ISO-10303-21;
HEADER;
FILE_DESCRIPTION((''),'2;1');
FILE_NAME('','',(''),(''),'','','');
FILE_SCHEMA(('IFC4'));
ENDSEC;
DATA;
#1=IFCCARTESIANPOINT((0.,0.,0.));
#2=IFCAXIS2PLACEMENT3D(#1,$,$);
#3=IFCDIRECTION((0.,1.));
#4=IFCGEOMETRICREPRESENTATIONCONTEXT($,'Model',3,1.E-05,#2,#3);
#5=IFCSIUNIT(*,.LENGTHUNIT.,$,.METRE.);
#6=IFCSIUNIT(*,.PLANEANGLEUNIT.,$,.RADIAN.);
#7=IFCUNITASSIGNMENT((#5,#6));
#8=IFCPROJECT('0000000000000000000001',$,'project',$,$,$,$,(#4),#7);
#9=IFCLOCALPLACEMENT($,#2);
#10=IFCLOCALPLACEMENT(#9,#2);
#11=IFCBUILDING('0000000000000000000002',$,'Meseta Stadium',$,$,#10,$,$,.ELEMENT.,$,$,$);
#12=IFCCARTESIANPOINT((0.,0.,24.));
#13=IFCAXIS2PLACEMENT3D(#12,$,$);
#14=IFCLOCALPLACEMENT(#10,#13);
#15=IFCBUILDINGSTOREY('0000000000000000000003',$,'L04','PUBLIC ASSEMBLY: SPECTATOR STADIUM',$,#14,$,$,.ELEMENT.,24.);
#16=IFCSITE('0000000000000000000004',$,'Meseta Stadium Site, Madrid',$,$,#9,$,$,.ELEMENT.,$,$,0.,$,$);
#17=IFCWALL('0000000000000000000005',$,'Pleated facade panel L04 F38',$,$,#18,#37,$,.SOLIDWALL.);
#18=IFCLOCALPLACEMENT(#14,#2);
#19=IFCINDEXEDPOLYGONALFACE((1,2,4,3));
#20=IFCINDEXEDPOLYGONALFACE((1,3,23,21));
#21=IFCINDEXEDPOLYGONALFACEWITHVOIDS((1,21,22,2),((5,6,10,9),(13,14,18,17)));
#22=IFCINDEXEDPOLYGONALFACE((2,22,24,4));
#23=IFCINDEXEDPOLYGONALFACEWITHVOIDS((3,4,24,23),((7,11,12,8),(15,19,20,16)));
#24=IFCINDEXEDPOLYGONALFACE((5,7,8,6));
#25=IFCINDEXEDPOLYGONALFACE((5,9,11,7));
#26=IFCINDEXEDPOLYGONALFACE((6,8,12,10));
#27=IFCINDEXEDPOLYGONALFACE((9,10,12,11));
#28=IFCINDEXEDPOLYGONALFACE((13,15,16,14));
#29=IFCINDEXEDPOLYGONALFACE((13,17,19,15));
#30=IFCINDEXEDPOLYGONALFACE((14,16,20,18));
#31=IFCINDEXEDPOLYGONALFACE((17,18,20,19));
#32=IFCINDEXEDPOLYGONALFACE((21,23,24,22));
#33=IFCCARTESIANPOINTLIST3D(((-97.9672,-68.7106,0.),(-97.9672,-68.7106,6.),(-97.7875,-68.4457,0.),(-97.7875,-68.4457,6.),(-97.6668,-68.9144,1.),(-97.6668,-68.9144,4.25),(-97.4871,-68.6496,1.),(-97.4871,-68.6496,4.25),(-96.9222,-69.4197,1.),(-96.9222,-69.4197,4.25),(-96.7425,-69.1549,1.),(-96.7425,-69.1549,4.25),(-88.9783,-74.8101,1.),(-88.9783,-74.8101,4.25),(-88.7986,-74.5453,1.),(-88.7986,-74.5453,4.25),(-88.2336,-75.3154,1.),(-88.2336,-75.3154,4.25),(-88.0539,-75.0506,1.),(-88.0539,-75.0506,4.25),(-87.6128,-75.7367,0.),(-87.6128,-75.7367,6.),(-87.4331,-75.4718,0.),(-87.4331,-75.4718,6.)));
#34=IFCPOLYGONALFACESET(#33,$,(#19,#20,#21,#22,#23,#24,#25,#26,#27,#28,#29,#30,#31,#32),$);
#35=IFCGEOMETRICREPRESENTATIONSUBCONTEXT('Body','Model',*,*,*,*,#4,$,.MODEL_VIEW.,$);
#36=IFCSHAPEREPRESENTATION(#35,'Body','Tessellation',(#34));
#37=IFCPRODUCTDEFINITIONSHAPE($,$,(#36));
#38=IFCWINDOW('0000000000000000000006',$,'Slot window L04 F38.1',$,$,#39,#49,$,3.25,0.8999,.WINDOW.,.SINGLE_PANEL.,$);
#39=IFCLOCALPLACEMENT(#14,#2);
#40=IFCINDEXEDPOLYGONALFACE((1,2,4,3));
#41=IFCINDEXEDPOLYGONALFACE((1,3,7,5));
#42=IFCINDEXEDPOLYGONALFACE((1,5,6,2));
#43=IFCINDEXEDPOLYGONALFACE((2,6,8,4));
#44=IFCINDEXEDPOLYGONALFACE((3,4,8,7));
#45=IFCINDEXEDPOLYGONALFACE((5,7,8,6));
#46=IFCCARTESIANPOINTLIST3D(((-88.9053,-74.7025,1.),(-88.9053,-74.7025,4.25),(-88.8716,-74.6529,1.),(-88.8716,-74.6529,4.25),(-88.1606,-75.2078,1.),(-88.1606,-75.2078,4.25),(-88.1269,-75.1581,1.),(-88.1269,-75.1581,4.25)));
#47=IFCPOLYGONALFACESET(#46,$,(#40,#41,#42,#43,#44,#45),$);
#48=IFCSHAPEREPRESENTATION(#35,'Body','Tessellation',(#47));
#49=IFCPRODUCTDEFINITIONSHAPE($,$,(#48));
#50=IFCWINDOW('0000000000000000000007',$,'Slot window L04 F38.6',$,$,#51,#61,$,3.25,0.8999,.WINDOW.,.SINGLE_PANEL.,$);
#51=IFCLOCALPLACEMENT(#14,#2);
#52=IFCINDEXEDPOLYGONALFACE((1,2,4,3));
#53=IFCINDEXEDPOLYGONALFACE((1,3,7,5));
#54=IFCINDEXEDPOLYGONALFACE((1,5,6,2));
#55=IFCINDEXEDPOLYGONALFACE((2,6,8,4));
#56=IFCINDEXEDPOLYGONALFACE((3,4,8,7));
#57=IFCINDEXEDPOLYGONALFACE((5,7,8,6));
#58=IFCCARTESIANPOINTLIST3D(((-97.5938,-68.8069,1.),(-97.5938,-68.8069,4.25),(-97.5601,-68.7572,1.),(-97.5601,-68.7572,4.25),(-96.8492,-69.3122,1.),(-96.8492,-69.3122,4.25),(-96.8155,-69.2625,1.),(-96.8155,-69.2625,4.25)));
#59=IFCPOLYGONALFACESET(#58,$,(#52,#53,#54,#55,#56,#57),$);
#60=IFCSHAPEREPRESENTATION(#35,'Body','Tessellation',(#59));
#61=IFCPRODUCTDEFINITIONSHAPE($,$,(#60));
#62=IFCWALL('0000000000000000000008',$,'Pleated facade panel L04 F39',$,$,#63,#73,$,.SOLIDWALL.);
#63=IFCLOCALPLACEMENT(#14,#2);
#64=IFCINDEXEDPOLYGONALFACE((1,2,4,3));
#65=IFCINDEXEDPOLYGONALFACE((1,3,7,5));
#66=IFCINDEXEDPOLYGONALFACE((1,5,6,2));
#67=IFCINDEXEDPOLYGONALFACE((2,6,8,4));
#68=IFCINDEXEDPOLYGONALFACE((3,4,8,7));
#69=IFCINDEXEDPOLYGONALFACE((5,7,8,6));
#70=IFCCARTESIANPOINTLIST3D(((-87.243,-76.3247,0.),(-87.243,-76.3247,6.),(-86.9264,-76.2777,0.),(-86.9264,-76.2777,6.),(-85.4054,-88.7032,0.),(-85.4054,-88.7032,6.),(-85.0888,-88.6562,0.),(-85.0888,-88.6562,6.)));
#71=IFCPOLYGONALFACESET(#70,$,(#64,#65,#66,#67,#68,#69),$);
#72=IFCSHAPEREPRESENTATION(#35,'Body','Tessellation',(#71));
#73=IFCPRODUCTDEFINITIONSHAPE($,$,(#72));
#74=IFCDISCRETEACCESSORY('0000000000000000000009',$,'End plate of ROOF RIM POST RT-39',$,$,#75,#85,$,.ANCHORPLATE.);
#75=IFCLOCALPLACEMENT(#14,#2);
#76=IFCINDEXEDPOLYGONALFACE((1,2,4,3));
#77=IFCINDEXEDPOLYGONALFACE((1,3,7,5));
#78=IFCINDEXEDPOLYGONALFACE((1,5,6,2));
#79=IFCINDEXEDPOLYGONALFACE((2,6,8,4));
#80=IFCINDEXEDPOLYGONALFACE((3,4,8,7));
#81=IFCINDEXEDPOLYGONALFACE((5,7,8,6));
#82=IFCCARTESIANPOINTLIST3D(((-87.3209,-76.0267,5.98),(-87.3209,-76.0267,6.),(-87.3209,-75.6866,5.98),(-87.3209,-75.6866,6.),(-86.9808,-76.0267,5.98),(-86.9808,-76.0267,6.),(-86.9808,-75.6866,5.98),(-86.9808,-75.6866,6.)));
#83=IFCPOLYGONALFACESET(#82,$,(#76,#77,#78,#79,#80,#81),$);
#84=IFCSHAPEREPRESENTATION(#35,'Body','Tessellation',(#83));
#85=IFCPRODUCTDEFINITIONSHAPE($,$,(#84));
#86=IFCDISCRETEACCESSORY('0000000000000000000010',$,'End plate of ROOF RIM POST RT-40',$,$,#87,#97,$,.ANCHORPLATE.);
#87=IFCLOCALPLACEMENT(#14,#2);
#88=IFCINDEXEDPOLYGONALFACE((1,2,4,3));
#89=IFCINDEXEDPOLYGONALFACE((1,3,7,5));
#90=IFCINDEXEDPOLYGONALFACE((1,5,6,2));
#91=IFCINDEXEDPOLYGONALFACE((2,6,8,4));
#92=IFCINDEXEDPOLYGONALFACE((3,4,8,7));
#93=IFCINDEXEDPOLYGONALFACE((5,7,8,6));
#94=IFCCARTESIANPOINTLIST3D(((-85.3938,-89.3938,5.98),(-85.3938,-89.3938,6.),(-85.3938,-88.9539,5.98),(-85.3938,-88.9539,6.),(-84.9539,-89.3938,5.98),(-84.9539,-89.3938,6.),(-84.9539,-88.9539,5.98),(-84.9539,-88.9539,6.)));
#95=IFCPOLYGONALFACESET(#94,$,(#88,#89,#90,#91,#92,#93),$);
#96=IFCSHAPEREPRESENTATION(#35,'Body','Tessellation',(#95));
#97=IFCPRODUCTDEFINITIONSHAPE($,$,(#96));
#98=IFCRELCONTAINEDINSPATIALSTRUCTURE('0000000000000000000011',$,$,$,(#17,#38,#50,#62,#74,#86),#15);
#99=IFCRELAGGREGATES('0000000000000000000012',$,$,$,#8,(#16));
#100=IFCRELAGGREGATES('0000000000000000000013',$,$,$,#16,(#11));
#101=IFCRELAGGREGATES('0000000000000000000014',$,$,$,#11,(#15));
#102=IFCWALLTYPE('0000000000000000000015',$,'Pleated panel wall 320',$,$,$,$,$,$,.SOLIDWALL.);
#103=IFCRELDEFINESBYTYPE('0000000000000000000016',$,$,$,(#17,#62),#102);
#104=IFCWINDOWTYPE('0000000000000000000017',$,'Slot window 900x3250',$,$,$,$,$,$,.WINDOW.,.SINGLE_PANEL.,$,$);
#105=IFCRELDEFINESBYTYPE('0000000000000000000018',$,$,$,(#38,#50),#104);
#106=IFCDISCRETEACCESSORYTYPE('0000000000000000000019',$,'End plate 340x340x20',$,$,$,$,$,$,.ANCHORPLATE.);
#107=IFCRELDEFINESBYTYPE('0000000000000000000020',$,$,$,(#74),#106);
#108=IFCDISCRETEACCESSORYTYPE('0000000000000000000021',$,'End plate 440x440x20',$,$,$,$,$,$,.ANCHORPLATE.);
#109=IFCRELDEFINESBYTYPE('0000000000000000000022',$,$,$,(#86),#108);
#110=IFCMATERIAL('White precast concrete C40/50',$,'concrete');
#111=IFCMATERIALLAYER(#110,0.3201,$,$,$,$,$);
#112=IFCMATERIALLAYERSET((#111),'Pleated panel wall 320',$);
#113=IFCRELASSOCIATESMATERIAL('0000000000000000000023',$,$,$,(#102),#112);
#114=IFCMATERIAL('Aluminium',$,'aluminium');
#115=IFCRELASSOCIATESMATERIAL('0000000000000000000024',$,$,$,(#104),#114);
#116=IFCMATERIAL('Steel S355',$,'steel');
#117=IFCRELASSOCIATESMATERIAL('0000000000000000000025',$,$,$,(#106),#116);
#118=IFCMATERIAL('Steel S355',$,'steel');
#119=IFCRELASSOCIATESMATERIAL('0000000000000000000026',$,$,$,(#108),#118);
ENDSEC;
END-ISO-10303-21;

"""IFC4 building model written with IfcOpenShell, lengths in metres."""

from ifc_helpers import new_model, si_unit, direction, frame, frame_2d, origin, origin_2d, place, context, subcontext, project, spatial, rectangle, extrude, material, layer, layer_set, material_profile, profile_set, type_object, element, fill, save


model = new_model("IFC4")

# Units and contexts
model_context = context("Model", 3, precision=1e-05, world=origin(), true_north=direction((0.0, 1.0)))
body_context = subcontext(model_context, "Body", "Model", "MODEL_VIEW")
ifc_project = project(units=[si_unit("LENGTHUNIT", "METRE"), si_unit("PLANEANGLEUNIT", "RADIAN")], contexts=[model_context])

# Site, building, storey
site_placement = place(None, origin())
site = spatial("IfcSite", under=ifc_project, at=site_placement, Name="Meseta Stadium Site, Madrid", CompositionType="ELEMENT", RefElevation=0.0)
building_placement = place(site_placement, origin())
building = spatial("IfcBuilding", under=site, at=building_placement, Name="Meseta Stadium", CompositionType="ELEMENT")
storey_placement = place(building_placement, frame((0.0, 0.0, 24.0)))
storey = spatial("IfcBuildingStorey", under=building, at=storey_placement, Name="L04", Description="PUBLIC ASSEMBLY: SPECTATOR STADIUM", CompositionType="ELEMENT", Elevation=24.0)

# Wall, openings, windows
ifc_material_1 = material(Name="White precast concrete C40/50", Category="concrete")
ifc_layer_1 = layer(ifc_material_1, 0.3201)
ifc_layer_set_1 = layer_set([ifc_layer_1], Name="Pleated panel wall 320")
wall_type_1 = type_object("IfcWallType", Name="Pleated panel wall 320", PredefinedType="SOLIDWALL", material=ifc_layer_set_1)
wall_1_placement = place(storey_placement, frame((-87.5229, -75.6042, 0.0), z_axis=(0.0, 0.0, 1.0), x_axis=(-0.827481, 0.561494, 0.0)))
wall_1 = element("IfcWall", 1, at=wall_1_placement, inside=storey, type_object=wall_type_1, Name="Pleated facade panel L04 F38", PredefinedType="SOLIDWALL", context=body_context, shape_type="SweptSolid", body=[
    extrude(rectangle(XDim=12.5132, YDim=0.3201, at=frame_2d((6.2566, 0.0))), origin(), (0.0, 0.0, 1.0), 6.0),
])
opening_1_placement = place(wall_1_placement, frame((0.7502, 0.0, 1.0)))
opening_1 = element("IfcOpeningElement", 2, at=opening_1_placement, cuts=wall_1, PredefinedType="OPENING", context=body_context, shape_type="SweptSolid", body=[
    extrude(rectangle(XDim=0.8999, YDim=3.25, at=frame_2d((0.45, 1.625))), frame((0.0, 0.1699, 0.0), z_axis=(0.0, -1.0, 0.0), x_axis=(1.0, 0.0, 0.0)), (0.0, 0.0, 1.0), 0.3401),
])
opening_2_placement = place(wall_1_placement, frame((11.2502, 0.0, 1.0)))
opening_2 = element("IfcOpeningElement", 3, at=opening_2_placement, cuts=wall_1, PredefinedType="OPENING", context=body_context, shape_type="SweptSolid", body=[
    extrude(rectangle(XDim=0.8999, YDim=3.25, at=frame_2d((0.45, 1.625))), frame((0.0, 0.1699, 0.0), z_axis=(0.0, -1.0, 0.0), x_axis=(1.0, 0.0, 0.0)), (0.0, 0.0, 1.0), 0.3401),
])
ifc_material_2 = material(Name="Aluminium", Category="aluminium")
window_type_1 = type_object("IfcWindowType", Name="Slot window 900x3250", PartitioningType="SINGLE_PANEL", PredefinedType="WINDOW", material=ifc_material_2)
window_1_placement = place(opening_1_placement, origin())
window_1 = element("IfcWindow", 4, at=window_1_placement, inside=storey, type_object=window_type_1, Name="Slot window L04 F38.1", OverallHeight=3.25, OverallWidth=0.8999, PartitioningType="SINGLE_PANEL", PredefinedType="WINDOW", context=body_context, shape_type="SweptSolid", body=[
    extrude(rectangle(XDim=0.8999, YDim=3.25, at=frame_2d((0.45, 1.625))), frame((0.0, 0.03, 0.0), z_axis=(0.0, -1.0, 0.0), x_axis=(1.0, 0.0, 0.0)), (0.0, 0.0, 1.0), 0.0601),
])
fill(opening_1, window_1)
window_2_placement = place(opening_2_placement, origin())
window_2 = element("IfcWindow", 5, at=window_2_placement, inside=storey, type_object=window_type_1, Name="Slot window L04 F38.6", OverallHeight=3.25, OverallWidth=0.8999, PartitioningType="SINGLE_PANEL", PredefinedType="WINDOW", context=body_context, shape_type="SweptSolid", body=[
    extrude(rectangle(XDim=0.8999, YDim=3.25, at=frame_2d((0.45, 1.625))), frame((0.0, 0.03, 0.0), z_axis=(0.0, -1.0, 0.0), x_axis=(1.0, 0.0, 0.0)), (0.0, 0.0, 1.0), 0.0601),
])
fill(opening_2, window_2)

# Wall
wall_2_placement = place(storey_placement, frame((-85.2471, -88.6797, 0.0), z_axis=(0.0, 0.0, 1.0), x_axis=(-0.146846, 0.989159, 0.0)))
element("IfcWall", 6, at=wall_2_placement, inside=storey, type_object=wall_type_1, Name="Pleated facade panel L04 F39", PredefinedType="SOLIDWALL", context=body_context, shape_type="SweptSolid", body=[
    extrude(rectangle(XDim=12.5142, YDim=0.3201, at=frame_2d((6.2571, 0.0))), origin(), (0.0, 0.0, 1.0), 6.0),
])

# Discrete accessories
ifc_material_3 = material(Name="Steel S355", Category="steel")
ifc_material_profile_1 = material_profile(ifc_material_3, rectangle(XDim=0.3401, YDim=0.3401, at=origin_2d()), Name="PL 340x340")
ifc_profile_set_1 = profile_set([ifc_material_profile_1], Name="Steel S355")
discrete_accessory_type_1 = type_object("IfcDiscreteAccessoryType", Name="End plate 340x340x20", PredefinedType="ANCHORPLATE", material=ifc_profile_set_1)
discrete_accessory_1_placement = place(storey_placement, frame((-87.1509, -75.8567, 5.98), z_axis=(0.0, 0.0, 1.0), x_axis=(1.0, 0.0, 0.0)))
element("IfcDiscreteAccessory", 7, at=discrete_accessory_1_placement, inside=storey, type_object=discrete_accessory_type_1, Name="End plate of ROOF RIM POST RT-39", PredefinedType="ANCHORPLATE", context=body_context, shape_type="SweptSolid", body=[
    extrude(rectangle(XDim=0.3401, YDim=0.3401, at=origin_2d()), origin(), (0.0, 0.0, 1.0), 0.02),
])
ifc_material_4 = material(Name="Steel S355", Category="steel")
ifc_material_profile_2 = material_profile(ifc_material_4, rectangle(XDim=0.4399, YDim=0.4399, at=origin_2d()), Name="PL 440x440")
ifc_profile_set_2 = profile_set([ifc_material_profile_2], Name="Steel S355")
discrete_accessory_type_2 = type_object("IfcDiscreteAccessoryType", Name="End plate 440x440x20", PredefinedType="ANCHORPLATE", material=ifc_profile_set_2)
discrete_accessory_2_placement = place(storey_placement, frame((-85.1738, -89.1738, 5.98), z_axis=(0.0, 0.0, 1.0), x_axis=(1.0, 0.0, 0.0)))
element("IfcDiscreteAccessory", 8, at=discrete_accessory_2_placement, inside=storey, type_object=discrete_accessory_type_2, Name="End plate of ROOF RIM POST RT-40", PredefinedType="ANCHORPLATE", context=body_context, shape_type="SweptSolid", body=[
    extrude(rectangle(XDim=0.4399, YDim=0.4399, at=origin_2d()), origin(), (0.0, 0.0, 1.0), 0.02),
])

save(model, "model.ifc")
